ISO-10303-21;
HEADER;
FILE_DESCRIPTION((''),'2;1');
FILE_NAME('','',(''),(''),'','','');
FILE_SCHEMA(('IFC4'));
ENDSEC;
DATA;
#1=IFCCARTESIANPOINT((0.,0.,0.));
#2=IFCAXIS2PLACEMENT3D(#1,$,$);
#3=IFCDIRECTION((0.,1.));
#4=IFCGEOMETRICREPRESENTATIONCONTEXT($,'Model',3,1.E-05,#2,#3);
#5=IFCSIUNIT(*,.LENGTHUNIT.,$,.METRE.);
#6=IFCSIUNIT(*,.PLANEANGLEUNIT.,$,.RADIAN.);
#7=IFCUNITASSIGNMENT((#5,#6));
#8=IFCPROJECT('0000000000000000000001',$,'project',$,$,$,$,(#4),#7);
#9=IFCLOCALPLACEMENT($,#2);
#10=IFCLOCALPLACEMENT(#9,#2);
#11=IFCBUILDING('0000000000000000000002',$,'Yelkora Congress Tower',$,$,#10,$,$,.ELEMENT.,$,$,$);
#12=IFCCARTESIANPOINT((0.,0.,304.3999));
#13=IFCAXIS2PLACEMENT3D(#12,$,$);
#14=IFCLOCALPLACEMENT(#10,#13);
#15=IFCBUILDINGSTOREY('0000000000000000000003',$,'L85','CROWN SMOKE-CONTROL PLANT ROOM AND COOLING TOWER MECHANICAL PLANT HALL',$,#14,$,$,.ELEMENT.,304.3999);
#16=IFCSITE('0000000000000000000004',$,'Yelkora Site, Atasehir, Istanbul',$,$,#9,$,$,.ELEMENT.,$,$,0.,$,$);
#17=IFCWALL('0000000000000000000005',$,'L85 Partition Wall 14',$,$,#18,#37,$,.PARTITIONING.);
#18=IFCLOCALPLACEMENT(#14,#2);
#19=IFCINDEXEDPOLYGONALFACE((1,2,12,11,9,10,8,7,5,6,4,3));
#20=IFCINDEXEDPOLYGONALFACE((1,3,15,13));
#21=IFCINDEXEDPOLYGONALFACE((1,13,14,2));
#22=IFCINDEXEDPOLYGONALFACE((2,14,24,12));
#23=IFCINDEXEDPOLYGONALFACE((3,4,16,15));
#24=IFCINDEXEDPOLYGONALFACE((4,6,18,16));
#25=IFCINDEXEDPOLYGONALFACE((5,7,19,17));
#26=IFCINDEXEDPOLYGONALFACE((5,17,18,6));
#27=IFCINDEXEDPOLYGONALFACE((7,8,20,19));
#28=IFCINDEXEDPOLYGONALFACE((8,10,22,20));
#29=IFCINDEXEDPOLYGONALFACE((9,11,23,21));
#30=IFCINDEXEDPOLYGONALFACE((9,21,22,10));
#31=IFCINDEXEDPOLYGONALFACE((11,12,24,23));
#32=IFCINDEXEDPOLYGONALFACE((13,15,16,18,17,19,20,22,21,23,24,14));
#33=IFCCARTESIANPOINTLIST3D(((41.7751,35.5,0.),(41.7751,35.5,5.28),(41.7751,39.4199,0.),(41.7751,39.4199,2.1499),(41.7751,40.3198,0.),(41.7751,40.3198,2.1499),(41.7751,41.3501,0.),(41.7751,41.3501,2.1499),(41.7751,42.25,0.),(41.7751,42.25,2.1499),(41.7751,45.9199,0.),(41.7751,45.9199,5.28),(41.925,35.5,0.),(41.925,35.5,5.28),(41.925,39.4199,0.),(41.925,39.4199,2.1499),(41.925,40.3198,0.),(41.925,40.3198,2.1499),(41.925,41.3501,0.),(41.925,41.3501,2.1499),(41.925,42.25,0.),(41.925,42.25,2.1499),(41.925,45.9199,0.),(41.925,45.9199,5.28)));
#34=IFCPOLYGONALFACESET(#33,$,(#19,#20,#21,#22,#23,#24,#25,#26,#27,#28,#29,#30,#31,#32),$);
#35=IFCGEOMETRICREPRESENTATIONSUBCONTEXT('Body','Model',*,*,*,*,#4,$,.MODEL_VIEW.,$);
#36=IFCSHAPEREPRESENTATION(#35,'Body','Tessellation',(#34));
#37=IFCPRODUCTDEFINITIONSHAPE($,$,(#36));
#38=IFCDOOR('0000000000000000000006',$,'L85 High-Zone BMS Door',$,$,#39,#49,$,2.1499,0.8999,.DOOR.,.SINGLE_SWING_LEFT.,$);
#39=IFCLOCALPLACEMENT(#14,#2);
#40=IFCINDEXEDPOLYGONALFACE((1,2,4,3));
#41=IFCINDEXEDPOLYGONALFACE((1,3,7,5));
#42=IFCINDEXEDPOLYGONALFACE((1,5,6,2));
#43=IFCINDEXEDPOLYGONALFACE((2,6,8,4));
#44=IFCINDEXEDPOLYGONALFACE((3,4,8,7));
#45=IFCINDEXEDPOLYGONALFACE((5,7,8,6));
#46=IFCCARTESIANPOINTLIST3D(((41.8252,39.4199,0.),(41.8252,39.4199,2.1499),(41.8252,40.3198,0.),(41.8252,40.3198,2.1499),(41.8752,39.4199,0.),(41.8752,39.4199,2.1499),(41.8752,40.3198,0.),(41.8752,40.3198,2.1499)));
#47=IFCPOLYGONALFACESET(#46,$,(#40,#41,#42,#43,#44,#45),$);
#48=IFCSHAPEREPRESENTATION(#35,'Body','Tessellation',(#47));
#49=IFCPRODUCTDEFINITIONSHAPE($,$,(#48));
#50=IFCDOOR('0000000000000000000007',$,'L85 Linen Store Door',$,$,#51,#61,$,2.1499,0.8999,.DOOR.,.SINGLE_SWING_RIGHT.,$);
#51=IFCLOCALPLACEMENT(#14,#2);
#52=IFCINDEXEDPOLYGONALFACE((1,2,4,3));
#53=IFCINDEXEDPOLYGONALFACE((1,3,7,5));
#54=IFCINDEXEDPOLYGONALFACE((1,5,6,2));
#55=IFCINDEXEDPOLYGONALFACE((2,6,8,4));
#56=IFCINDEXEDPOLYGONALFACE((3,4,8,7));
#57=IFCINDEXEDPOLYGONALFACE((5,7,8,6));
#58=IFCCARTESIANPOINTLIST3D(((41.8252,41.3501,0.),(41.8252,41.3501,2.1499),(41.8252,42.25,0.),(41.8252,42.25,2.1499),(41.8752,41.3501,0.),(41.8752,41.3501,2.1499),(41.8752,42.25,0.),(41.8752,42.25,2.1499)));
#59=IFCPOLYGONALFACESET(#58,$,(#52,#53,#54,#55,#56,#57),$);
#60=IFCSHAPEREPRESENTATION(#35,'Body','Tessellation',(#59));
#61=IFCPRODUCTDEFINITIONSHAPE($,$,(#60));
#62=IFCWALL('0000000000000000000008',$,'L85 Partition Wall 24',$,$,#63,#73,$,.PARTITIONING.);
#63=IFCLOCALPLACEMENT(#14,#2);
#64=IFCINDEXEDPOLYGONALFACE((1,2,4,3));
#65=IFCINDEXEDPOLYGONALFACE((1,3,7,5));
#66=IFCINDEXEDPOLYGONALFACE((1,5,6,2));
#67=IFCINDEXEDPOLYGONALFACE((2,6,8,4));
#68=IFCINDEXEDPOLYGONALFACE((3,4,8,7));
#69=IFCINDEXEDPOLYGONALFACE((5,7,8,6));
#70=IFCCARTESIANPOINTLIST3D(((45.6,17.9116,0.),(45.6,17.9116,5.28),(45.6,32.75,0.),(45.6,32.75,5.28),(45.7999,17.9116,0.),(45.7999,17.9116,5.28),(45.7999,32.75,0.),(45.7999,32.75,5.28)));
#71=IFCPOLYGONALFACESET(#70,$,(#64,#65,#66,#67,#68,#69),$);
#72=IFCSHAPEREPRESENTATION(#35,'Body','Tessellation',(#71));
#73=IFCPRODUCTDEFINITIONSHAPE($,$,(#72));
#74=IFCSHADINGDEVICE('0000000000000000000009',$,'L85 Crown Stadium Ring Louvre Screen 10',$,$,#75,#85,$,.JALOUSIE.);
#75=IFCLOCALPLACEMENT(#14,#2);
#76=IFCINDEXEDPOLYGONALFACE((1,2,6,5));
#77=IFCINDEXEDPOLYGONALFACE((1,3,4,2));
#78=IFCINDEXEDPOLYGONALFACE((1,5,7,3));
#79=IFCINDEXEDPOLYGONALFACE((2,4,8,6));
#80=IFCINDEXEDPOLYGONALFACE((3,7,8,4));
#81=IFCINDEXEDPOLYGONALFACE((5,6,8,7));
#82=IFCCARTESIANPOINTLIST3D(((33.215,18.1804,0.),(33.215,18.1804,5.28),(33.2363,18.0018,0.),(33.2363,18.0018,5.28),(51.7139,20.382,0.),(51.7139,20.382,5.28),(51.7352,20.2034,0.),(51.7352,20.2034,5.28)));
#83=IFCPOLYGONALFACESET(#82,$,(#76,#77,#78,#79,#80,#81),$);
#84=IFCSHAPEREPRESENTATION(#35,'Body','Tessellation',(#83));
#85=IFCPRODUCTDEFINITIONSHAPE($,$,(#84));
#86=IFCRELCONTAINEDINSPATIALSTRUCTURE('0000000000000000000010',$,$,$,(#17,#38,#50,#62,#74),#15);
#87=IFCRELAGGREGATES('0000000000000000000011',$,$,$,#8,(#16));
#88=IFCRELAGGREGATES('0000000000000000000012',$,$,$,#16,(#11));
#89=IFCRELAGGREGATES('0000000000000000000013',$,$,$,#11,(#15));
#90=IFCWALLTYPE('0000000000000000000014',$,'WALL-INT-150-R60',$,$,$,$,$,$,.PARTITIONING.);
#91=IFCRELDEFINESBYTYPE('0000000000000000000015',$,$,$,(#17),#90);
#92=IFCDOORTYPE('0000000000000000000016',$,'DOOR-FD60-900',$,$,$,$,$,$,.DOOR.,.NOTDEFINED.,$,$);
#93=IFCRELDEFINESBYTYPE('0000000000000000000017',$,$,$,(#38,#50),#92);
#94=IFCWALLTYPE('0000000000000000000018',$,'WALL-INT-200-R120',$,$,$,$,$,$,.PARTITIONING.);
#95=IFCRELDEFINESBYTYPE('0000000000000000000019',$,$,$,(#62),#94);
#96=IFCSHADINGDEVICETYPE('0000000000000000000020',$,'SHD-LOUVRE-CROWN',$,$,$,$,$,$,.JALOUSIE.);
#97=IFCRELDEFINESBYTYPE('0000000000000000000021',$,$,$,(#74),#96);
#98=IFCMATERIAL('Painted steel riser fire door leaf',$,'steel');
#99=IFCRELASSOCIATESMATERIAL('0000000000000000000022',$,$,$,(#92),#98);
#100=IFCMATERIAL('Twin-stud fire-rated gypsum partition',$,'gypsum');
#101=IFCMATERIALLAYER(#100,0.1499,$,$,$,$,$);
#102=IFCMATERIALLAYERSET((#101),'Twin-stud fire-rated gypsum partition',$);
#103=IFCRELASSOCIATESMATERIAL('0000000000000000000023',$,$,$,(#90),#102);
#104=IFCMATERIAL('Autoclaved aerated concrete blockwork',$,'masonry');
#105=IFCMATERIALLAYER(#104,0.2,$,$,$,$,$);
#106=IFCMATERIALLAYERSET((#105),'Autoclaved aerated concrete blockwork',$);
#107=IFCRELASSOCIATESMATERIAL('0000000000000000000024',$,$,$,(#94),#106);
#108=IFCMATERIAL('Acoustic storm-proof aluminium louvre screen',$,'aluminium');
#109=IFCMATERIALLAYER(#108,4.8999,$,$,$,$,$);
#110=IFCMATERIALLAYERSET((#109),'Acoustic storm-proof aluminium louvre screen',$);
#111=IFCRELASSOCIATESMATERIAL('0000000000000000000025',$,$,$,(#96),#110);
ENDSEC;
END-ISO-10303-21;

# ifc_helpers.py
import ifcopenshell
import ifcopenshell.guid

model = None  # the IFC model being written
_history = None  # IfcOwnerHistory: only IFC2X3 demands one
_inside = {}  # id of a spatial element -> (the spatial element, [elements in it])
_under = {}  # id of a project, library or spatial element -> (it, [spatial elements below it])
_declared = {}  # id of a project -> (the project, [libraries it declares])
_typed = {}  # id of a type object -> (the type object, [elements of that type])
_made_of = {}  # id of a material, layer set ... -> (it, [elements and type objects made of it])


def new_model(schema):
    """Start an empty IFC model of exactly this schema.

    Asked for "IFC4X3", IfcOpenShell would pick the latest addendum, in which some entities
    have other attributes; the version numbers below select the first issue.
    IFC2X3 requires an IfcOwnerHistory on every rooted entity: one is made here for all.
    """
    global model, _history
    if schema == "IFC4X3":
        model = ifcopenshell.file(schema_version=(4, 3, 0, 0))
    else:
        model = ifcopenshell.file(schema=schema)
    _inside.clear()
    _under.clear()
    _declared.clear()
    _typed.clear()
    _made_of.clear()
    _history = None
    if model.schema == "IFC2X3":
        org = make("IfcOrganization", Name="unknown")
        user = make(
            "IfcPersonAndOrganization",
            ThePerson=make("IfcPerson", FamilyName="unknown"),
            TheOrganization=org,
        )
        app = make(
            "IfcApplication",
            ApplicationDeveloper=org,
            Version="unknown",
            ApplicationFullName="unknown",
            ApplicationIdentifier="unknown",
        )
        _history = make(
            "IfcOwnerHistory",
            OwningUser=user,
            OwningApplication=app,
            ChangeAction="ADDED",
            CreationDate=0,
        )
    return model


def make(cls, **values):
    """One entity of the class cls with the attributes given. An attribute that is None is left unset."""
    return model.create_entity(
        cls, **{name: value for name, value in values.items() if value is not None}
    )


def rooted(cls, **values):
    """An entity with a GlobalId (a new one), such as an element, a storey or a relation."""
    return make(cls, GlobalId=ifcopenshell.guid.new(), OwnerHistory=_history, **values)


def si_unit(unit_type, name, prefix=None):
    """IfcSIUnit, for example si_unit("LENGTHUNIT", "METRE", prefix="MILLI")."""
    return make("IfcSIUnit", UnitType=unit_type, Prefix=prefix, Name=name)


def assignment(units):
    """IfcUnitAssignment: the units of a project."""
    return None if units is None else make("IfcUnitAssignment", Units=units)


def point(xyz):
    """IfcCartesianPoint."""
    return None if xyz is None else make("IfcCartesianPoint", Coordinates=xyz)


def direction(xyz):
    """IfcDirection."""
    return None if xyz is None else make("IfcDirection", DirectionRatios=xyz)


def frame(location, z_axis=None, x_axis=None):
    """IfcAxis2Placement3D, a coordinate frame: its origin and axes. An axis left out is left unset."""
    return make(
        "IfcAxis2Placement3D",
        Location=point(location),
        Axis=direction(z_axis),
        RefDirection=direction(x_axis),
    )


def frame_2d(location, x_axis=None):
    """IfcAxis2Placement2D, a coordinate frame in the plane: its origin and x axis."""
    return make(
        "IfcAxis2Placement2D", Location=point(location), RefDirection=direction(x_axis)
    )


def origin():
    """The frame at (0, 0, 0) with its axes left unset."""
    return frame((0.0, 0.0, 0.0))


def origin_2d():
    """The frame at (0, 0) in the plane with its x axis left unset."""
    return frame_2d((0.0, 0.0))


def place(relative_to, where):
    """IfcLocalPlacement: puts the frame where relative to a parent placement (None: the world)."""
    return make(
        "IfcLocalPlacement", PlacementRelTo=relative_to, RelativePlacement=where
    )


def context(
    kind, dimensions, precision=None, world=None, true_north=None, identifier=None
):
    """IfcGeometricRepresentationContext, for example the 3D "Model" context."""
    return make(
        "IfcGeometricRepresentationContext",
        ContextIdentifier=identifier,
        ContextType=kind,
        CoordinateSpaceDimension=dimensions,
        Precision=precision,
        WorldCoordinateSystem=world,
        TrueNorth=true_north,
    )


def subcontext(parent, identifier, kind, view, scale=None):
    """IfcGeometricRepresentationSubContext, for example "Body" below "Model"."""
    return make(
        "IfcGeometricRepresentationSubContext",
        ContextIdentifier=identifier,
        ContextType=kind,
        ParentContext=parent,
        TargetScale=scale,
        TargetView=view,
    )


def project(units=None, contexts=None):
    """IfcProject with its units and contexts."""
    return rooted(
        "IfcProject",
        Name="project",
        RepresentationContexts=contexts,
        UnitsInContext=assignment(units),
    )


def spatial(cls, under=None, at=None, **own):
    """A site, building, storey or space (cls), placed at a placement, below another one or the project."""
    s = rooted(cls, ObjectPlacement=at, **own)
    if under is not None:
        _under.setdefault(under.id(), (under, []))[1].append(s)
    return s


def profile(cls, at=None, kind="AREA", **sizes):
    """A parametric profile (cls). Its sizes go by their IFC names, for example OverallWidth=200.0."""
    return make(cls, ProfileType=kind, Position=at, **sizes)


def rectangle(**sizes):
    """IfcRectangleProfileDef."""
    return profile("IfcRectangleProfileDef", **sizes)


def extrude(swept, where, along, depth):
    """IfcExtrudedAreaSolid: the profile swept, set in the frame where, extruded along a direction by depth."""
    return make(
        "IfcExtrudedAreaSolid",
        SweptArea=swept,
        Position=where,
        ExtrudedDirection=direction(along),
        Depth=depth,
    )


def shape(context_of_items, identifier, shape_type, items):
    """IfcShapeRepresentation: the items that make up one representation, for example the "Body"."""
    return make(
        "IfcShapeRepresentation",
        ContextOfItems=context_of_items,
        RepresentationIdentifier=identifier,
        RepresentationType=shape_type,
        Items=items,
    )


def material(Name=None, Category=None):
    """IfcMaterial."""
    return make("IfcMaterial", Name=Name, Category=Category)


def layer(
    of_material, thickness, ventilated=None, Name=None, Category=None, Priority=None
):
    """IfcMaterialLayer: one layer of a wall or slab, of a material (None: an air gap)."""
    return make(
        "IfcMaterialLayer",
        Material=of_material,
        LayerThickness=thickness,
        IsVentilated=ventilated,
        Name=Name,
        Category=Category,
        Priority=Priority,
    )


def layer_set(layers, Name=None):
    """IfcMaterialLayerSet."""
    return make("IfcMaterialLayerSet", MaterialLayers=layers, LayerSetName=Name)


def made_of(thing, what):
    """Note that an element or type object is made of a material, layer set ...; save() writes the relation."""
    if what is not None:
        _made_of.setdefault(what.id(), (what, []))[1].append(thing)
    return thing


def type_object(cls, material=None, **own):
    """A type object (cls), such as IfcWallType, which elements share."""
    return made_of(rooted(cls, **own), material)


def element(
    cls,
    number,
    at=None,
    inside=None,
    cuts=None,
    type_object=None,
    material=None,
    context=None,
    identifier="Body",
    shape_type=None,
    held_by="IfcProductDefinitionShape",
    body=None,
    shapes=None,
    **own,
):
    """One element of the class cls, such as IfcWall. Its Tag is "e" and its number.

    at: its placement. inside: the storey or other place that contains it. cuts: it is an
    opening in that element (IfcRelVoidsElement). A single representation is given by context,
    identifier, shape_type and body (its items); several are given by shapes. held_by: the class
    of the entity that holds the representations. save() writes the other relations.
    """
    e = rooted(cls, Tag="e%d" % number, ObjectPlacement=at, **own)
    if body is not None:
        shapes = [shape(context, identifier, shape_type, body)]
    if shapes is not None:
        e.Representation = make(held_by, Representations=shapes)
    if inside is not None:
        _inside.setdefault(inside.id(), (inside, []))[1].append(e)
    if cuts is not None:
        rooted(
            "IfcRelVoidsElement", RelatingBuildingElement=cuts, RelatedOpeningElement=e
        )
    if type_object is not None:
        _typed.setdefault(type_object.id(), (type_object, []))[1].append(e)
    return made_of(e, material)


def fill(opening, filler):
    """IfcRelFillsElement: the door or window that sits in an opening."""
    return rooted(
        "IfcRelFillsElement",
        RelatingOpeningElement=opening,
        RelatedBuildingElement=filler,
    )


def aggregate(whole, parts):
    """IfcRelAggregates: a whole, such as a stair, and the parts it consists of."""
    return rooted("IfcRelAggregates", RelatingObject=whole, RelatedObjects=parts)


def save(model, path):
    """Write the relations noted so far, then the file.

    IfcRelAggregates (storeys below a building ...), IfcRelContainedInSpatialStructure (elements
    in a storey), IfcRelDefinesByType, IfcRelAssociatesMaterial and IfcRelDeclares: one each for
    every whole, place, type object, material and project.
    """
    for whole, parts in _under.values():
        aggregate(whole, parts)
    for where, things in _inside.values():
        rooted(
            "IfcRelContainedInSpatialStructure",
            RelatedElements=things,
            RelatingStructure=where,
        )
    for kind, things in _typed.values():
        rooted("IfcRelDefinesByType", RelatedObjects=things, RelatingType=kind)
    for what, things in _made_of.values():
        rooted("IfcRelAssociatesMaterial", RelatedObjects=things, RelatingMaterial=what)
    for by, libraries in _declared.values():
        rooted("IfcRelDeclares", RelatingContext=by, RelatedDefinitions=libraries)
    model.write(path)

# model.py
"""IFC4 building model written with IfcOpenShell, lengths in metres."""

from ifc_helpers import new_model, si_unit, direction, frame, frame_2d, origin, origin_2d, place, context, subcontext, project, spatial, rectangle, extrude, material, layer, layer_set, type_object, element, fill, save


model = new_model("IFC4")

# Units and contexts
model_context = context("Model", 3, precision=1e-05, world=origin(), true_north=direction((0.0, 1.0)))
body_context = subcontext(model_context, "Body", "Model", "MODEL_VIEW")
ifc_project = project(units=[si_unit("LENGTHUNIT", "METRE"), si_unit("PLANEANGLEUNIT", "RADIAN")], contexts=[model_context])

# Site, building, storey
site_placement = place(None, origin())
site = spatial("IfcSite", under=ifc_project, at=site_placement, Name="Yelkora Site, Atasehir, Istanbul", CompositionType="ELEMENT", RefElevation=0.0)
building_placement = place(site_placement, origin())
building = spatial("IfcBuilding", under=site, at=building_placement, Name="Yelkora Congress Tower", CompositionType="ELEMENT")
storey_placement = place(building_placement, frame((0.0, 0.0, 304.3999)))
storey = spatial("IfcBuildingStorey", under=building, at=storey_placement, Name="L85", Description="CROWN SMOKE-CONTROL PLANT ROOM AND COOLING TOWER MECHANICAL PLANT HALL", CompositionType="ELEMENT", Elevation=304.3999)

# Shared definitions
ifc_material_1 = material(Name="Painted steel riser fire door leaf", Category="steel")
door_type = type_object("IfcDoorType", Name="DOOR-FD60-900", OperationType="NOTDEFINED", PredefinedType="DOOR", material=ifc_material_1)

# Wall, openings, doors
ifc_material_2 = material(Name="Twin-stud fire-rated gypsum partition", Category="gypsum")
ifc_layer_1 = layer(ifc_material_2, 0.1499)
ifc_layer_set_1 = layer_set([ifc_layer_1], Name="Twin-stud fire-rated gypsum partition")
wall_type_1 = type_object("IfcWallType", Name="WALL-INT-150-R60", PredefinedType="PARTITIONING", material=ifc_layer_set_1)
wall_1_placement = place(storey_placement, frame((41.8501, 35.5, 0.0), z_axis=(0.0, 0.0, 1.0), x_axis=(0.0, 1.0, 0.0)))
wall_1 = element("IfcWall", 1, at=wall_1_placement, inside=storey, type_object=wall_type_1, Name="L85 Partition Wall 14", PredefinedType="PARTITIONING", context=body_context, shape_type="SweptSolid", body=[
    extrude(rectangle(XDim=10.4199, YDim=0.1499, at=frame_2d((5.21, 0.0))), origin(), (0.0, 0.0, 1.0), 5.28),
])
opening_1_placement = place(wall_1_placement, frame((3.9199, 0.0, 0.0)))
opening_1 = element("IfcOpeningElement", 2, at=opening_1_placement, cuts=wall_1, PredefinedType="OPENING", context=body_context, shape_type="SweptSolid", body=[
    extrude(rectangle(XDim=0.8999, YDim=2.1499, at=frame_2d((0.45, 1.075))), frame((0.0, 0.085, 0.0), z_axis=(0.0, -1.0, 0.0), x_axis=(1.0, 0.0, 0.0)), (0.0, 0.0, 1.0), 0.1699),
])
opening_2_placement = place(wall_1_placement, frame((5.8501, 0.0, 0.0)))
opening_2 = element("IfcOpeningElement", 3, at=opening_2_placement, cuts=wall_1, PredefinedType="OPENING", context=body_context, shape_type="SweptSolid", body=[
    extrude(rectangle(XDim=0.8999, YDim=2.1499, at=frame_2d((0.45, 1.075))), frame((0.0, 0.085, 0.0), z_axis=(0.0, -1.0, 0.0), x_axis=(1.0, 0.0, 0.0)), (0.0, 0.0, 1.0), 0.1699),
])
door_1_placement = place(opening_1_placement, origin())
door_1 = element("IfcDoor", 4, at=door_1_placement, inside=storey, type_object=door_type, Name="L85 High-Zone BMS Door", OperationType="SINGLE_SWING_LEFT", OverallHeight=2.1499, OverallWidth=0.8999, PredefinedType="DOOR", context=body_context, shape_type="SweptSolid", body=[
    extrude(rectangle(XDim=0.8999, YDim=2.1499, at=frame_2d((0.45, 1.075))), frame((0.0, 0.0249, 0.0), z_axis=(0.0, -1.0, 0.0), x_axis=(1.0, 0.0, 0.0)), (0.0, 0.0, 1.0), 0.05),
])
fill(opening_1, door_1)
door_2_placement = place(opening_2_placement, origin())
door_2 = element("IfcDoor", 5, at=door_2_placement, inside=storey, type_object=door_type, Name="L85 Linen Store Door", OperationType="SINGLE_SWING_RIGHT", OverallHeight=2.1499, OverallWidth=0.8999, PredefinedType="DOOR", context=body_context, shape_type="SweptSolid", body=[
    extrude(rectangle(XDim=0.8999, YDim=2.1499, at=frame_2d((0.45, 1.075))), frame((0.0, 0.0249, 0.0), z_axis=(0.0, -1.0, 0.0), x_axis=(1.0, 0.0, 0.0)), (0.0, 0.0, 1.0), 0.05),
])
fill(opening_2, door_2)

# Wall
ifc_material_3 = material(Name="Autoclaved aerated concrete blockwork", Category="masonry")
ifc_layer_2 = layer(ifc_material_3, 0.2)
ifc_layer_set_2 = layer_set([ifc_layer_2], Name="Autoclaved aerated concrete blockwork")
wall_type_2 = type_object("IfcWallType", Name="WALL-INT-200-R120", PredefinedType="PARTITIONING", material=ifc_layer_set_2)
wall_2_placement = place(storey_placement, frame((45.7, 17.9116, 0.0), z_axis=(0.0, 0.0, 1.0), x_axis=(0.0, 1.0, 0.0)))
element("IfcWall", 6, at=wall_2_placement, inside=storey, type_object=wall_type_2, Name="L85 Partition Wall 24", PredefinedType="PARTITIONING", context=body_context, shape_type="SweptSolid", body=[
    extrude(rectangle(XDim=14.8384, YDim=0.2, at=frame_2d((7.4192, 0.0))), origin(), (0.0, 0.0, 1.0), 5.28),
])

# Shading device
ifc_material_4 = material(Name="Acoustic storm-proof aluminium louvre screen", Category="aluminium")
ifc_layer_3 = layer(ifc_material_4, 4.8999)
ifc_layer_set_3 = layer_set([ifc_layer_3], Name="Acoustic storm-proof aluminium louvre screen")
shading_device_type = type_object("IfcShadingDeviceType", Name="SHD-LOUVRE-CROWN", PredefinedType="JALOUSIE", material=ifc_layer_set_3)
shading_device_placement = place(storey_placement, frame((42.4751, 19.1919, 0.0), z_axis=(0.0, 0.0, 1.0), x_axis=(0.992992, 0.118179, 0.0)))
element("IfcShadingDevice", 7, at=shading_device_placement, inside=storey, type_object=shading_device_type, Name="L85 Crown Stadium Ring Louvre Screen 10", PredefinedType="JALOUSIE", context=body_context, shape_type="SweptSolid", body=[
    extrude(rectangle(XDim=18.6294, YDim=0.1799, at=origin_2d()), origin(), (0.0, 0.0, 1.0), 5.28),
])

save(model, "model.ifc")
